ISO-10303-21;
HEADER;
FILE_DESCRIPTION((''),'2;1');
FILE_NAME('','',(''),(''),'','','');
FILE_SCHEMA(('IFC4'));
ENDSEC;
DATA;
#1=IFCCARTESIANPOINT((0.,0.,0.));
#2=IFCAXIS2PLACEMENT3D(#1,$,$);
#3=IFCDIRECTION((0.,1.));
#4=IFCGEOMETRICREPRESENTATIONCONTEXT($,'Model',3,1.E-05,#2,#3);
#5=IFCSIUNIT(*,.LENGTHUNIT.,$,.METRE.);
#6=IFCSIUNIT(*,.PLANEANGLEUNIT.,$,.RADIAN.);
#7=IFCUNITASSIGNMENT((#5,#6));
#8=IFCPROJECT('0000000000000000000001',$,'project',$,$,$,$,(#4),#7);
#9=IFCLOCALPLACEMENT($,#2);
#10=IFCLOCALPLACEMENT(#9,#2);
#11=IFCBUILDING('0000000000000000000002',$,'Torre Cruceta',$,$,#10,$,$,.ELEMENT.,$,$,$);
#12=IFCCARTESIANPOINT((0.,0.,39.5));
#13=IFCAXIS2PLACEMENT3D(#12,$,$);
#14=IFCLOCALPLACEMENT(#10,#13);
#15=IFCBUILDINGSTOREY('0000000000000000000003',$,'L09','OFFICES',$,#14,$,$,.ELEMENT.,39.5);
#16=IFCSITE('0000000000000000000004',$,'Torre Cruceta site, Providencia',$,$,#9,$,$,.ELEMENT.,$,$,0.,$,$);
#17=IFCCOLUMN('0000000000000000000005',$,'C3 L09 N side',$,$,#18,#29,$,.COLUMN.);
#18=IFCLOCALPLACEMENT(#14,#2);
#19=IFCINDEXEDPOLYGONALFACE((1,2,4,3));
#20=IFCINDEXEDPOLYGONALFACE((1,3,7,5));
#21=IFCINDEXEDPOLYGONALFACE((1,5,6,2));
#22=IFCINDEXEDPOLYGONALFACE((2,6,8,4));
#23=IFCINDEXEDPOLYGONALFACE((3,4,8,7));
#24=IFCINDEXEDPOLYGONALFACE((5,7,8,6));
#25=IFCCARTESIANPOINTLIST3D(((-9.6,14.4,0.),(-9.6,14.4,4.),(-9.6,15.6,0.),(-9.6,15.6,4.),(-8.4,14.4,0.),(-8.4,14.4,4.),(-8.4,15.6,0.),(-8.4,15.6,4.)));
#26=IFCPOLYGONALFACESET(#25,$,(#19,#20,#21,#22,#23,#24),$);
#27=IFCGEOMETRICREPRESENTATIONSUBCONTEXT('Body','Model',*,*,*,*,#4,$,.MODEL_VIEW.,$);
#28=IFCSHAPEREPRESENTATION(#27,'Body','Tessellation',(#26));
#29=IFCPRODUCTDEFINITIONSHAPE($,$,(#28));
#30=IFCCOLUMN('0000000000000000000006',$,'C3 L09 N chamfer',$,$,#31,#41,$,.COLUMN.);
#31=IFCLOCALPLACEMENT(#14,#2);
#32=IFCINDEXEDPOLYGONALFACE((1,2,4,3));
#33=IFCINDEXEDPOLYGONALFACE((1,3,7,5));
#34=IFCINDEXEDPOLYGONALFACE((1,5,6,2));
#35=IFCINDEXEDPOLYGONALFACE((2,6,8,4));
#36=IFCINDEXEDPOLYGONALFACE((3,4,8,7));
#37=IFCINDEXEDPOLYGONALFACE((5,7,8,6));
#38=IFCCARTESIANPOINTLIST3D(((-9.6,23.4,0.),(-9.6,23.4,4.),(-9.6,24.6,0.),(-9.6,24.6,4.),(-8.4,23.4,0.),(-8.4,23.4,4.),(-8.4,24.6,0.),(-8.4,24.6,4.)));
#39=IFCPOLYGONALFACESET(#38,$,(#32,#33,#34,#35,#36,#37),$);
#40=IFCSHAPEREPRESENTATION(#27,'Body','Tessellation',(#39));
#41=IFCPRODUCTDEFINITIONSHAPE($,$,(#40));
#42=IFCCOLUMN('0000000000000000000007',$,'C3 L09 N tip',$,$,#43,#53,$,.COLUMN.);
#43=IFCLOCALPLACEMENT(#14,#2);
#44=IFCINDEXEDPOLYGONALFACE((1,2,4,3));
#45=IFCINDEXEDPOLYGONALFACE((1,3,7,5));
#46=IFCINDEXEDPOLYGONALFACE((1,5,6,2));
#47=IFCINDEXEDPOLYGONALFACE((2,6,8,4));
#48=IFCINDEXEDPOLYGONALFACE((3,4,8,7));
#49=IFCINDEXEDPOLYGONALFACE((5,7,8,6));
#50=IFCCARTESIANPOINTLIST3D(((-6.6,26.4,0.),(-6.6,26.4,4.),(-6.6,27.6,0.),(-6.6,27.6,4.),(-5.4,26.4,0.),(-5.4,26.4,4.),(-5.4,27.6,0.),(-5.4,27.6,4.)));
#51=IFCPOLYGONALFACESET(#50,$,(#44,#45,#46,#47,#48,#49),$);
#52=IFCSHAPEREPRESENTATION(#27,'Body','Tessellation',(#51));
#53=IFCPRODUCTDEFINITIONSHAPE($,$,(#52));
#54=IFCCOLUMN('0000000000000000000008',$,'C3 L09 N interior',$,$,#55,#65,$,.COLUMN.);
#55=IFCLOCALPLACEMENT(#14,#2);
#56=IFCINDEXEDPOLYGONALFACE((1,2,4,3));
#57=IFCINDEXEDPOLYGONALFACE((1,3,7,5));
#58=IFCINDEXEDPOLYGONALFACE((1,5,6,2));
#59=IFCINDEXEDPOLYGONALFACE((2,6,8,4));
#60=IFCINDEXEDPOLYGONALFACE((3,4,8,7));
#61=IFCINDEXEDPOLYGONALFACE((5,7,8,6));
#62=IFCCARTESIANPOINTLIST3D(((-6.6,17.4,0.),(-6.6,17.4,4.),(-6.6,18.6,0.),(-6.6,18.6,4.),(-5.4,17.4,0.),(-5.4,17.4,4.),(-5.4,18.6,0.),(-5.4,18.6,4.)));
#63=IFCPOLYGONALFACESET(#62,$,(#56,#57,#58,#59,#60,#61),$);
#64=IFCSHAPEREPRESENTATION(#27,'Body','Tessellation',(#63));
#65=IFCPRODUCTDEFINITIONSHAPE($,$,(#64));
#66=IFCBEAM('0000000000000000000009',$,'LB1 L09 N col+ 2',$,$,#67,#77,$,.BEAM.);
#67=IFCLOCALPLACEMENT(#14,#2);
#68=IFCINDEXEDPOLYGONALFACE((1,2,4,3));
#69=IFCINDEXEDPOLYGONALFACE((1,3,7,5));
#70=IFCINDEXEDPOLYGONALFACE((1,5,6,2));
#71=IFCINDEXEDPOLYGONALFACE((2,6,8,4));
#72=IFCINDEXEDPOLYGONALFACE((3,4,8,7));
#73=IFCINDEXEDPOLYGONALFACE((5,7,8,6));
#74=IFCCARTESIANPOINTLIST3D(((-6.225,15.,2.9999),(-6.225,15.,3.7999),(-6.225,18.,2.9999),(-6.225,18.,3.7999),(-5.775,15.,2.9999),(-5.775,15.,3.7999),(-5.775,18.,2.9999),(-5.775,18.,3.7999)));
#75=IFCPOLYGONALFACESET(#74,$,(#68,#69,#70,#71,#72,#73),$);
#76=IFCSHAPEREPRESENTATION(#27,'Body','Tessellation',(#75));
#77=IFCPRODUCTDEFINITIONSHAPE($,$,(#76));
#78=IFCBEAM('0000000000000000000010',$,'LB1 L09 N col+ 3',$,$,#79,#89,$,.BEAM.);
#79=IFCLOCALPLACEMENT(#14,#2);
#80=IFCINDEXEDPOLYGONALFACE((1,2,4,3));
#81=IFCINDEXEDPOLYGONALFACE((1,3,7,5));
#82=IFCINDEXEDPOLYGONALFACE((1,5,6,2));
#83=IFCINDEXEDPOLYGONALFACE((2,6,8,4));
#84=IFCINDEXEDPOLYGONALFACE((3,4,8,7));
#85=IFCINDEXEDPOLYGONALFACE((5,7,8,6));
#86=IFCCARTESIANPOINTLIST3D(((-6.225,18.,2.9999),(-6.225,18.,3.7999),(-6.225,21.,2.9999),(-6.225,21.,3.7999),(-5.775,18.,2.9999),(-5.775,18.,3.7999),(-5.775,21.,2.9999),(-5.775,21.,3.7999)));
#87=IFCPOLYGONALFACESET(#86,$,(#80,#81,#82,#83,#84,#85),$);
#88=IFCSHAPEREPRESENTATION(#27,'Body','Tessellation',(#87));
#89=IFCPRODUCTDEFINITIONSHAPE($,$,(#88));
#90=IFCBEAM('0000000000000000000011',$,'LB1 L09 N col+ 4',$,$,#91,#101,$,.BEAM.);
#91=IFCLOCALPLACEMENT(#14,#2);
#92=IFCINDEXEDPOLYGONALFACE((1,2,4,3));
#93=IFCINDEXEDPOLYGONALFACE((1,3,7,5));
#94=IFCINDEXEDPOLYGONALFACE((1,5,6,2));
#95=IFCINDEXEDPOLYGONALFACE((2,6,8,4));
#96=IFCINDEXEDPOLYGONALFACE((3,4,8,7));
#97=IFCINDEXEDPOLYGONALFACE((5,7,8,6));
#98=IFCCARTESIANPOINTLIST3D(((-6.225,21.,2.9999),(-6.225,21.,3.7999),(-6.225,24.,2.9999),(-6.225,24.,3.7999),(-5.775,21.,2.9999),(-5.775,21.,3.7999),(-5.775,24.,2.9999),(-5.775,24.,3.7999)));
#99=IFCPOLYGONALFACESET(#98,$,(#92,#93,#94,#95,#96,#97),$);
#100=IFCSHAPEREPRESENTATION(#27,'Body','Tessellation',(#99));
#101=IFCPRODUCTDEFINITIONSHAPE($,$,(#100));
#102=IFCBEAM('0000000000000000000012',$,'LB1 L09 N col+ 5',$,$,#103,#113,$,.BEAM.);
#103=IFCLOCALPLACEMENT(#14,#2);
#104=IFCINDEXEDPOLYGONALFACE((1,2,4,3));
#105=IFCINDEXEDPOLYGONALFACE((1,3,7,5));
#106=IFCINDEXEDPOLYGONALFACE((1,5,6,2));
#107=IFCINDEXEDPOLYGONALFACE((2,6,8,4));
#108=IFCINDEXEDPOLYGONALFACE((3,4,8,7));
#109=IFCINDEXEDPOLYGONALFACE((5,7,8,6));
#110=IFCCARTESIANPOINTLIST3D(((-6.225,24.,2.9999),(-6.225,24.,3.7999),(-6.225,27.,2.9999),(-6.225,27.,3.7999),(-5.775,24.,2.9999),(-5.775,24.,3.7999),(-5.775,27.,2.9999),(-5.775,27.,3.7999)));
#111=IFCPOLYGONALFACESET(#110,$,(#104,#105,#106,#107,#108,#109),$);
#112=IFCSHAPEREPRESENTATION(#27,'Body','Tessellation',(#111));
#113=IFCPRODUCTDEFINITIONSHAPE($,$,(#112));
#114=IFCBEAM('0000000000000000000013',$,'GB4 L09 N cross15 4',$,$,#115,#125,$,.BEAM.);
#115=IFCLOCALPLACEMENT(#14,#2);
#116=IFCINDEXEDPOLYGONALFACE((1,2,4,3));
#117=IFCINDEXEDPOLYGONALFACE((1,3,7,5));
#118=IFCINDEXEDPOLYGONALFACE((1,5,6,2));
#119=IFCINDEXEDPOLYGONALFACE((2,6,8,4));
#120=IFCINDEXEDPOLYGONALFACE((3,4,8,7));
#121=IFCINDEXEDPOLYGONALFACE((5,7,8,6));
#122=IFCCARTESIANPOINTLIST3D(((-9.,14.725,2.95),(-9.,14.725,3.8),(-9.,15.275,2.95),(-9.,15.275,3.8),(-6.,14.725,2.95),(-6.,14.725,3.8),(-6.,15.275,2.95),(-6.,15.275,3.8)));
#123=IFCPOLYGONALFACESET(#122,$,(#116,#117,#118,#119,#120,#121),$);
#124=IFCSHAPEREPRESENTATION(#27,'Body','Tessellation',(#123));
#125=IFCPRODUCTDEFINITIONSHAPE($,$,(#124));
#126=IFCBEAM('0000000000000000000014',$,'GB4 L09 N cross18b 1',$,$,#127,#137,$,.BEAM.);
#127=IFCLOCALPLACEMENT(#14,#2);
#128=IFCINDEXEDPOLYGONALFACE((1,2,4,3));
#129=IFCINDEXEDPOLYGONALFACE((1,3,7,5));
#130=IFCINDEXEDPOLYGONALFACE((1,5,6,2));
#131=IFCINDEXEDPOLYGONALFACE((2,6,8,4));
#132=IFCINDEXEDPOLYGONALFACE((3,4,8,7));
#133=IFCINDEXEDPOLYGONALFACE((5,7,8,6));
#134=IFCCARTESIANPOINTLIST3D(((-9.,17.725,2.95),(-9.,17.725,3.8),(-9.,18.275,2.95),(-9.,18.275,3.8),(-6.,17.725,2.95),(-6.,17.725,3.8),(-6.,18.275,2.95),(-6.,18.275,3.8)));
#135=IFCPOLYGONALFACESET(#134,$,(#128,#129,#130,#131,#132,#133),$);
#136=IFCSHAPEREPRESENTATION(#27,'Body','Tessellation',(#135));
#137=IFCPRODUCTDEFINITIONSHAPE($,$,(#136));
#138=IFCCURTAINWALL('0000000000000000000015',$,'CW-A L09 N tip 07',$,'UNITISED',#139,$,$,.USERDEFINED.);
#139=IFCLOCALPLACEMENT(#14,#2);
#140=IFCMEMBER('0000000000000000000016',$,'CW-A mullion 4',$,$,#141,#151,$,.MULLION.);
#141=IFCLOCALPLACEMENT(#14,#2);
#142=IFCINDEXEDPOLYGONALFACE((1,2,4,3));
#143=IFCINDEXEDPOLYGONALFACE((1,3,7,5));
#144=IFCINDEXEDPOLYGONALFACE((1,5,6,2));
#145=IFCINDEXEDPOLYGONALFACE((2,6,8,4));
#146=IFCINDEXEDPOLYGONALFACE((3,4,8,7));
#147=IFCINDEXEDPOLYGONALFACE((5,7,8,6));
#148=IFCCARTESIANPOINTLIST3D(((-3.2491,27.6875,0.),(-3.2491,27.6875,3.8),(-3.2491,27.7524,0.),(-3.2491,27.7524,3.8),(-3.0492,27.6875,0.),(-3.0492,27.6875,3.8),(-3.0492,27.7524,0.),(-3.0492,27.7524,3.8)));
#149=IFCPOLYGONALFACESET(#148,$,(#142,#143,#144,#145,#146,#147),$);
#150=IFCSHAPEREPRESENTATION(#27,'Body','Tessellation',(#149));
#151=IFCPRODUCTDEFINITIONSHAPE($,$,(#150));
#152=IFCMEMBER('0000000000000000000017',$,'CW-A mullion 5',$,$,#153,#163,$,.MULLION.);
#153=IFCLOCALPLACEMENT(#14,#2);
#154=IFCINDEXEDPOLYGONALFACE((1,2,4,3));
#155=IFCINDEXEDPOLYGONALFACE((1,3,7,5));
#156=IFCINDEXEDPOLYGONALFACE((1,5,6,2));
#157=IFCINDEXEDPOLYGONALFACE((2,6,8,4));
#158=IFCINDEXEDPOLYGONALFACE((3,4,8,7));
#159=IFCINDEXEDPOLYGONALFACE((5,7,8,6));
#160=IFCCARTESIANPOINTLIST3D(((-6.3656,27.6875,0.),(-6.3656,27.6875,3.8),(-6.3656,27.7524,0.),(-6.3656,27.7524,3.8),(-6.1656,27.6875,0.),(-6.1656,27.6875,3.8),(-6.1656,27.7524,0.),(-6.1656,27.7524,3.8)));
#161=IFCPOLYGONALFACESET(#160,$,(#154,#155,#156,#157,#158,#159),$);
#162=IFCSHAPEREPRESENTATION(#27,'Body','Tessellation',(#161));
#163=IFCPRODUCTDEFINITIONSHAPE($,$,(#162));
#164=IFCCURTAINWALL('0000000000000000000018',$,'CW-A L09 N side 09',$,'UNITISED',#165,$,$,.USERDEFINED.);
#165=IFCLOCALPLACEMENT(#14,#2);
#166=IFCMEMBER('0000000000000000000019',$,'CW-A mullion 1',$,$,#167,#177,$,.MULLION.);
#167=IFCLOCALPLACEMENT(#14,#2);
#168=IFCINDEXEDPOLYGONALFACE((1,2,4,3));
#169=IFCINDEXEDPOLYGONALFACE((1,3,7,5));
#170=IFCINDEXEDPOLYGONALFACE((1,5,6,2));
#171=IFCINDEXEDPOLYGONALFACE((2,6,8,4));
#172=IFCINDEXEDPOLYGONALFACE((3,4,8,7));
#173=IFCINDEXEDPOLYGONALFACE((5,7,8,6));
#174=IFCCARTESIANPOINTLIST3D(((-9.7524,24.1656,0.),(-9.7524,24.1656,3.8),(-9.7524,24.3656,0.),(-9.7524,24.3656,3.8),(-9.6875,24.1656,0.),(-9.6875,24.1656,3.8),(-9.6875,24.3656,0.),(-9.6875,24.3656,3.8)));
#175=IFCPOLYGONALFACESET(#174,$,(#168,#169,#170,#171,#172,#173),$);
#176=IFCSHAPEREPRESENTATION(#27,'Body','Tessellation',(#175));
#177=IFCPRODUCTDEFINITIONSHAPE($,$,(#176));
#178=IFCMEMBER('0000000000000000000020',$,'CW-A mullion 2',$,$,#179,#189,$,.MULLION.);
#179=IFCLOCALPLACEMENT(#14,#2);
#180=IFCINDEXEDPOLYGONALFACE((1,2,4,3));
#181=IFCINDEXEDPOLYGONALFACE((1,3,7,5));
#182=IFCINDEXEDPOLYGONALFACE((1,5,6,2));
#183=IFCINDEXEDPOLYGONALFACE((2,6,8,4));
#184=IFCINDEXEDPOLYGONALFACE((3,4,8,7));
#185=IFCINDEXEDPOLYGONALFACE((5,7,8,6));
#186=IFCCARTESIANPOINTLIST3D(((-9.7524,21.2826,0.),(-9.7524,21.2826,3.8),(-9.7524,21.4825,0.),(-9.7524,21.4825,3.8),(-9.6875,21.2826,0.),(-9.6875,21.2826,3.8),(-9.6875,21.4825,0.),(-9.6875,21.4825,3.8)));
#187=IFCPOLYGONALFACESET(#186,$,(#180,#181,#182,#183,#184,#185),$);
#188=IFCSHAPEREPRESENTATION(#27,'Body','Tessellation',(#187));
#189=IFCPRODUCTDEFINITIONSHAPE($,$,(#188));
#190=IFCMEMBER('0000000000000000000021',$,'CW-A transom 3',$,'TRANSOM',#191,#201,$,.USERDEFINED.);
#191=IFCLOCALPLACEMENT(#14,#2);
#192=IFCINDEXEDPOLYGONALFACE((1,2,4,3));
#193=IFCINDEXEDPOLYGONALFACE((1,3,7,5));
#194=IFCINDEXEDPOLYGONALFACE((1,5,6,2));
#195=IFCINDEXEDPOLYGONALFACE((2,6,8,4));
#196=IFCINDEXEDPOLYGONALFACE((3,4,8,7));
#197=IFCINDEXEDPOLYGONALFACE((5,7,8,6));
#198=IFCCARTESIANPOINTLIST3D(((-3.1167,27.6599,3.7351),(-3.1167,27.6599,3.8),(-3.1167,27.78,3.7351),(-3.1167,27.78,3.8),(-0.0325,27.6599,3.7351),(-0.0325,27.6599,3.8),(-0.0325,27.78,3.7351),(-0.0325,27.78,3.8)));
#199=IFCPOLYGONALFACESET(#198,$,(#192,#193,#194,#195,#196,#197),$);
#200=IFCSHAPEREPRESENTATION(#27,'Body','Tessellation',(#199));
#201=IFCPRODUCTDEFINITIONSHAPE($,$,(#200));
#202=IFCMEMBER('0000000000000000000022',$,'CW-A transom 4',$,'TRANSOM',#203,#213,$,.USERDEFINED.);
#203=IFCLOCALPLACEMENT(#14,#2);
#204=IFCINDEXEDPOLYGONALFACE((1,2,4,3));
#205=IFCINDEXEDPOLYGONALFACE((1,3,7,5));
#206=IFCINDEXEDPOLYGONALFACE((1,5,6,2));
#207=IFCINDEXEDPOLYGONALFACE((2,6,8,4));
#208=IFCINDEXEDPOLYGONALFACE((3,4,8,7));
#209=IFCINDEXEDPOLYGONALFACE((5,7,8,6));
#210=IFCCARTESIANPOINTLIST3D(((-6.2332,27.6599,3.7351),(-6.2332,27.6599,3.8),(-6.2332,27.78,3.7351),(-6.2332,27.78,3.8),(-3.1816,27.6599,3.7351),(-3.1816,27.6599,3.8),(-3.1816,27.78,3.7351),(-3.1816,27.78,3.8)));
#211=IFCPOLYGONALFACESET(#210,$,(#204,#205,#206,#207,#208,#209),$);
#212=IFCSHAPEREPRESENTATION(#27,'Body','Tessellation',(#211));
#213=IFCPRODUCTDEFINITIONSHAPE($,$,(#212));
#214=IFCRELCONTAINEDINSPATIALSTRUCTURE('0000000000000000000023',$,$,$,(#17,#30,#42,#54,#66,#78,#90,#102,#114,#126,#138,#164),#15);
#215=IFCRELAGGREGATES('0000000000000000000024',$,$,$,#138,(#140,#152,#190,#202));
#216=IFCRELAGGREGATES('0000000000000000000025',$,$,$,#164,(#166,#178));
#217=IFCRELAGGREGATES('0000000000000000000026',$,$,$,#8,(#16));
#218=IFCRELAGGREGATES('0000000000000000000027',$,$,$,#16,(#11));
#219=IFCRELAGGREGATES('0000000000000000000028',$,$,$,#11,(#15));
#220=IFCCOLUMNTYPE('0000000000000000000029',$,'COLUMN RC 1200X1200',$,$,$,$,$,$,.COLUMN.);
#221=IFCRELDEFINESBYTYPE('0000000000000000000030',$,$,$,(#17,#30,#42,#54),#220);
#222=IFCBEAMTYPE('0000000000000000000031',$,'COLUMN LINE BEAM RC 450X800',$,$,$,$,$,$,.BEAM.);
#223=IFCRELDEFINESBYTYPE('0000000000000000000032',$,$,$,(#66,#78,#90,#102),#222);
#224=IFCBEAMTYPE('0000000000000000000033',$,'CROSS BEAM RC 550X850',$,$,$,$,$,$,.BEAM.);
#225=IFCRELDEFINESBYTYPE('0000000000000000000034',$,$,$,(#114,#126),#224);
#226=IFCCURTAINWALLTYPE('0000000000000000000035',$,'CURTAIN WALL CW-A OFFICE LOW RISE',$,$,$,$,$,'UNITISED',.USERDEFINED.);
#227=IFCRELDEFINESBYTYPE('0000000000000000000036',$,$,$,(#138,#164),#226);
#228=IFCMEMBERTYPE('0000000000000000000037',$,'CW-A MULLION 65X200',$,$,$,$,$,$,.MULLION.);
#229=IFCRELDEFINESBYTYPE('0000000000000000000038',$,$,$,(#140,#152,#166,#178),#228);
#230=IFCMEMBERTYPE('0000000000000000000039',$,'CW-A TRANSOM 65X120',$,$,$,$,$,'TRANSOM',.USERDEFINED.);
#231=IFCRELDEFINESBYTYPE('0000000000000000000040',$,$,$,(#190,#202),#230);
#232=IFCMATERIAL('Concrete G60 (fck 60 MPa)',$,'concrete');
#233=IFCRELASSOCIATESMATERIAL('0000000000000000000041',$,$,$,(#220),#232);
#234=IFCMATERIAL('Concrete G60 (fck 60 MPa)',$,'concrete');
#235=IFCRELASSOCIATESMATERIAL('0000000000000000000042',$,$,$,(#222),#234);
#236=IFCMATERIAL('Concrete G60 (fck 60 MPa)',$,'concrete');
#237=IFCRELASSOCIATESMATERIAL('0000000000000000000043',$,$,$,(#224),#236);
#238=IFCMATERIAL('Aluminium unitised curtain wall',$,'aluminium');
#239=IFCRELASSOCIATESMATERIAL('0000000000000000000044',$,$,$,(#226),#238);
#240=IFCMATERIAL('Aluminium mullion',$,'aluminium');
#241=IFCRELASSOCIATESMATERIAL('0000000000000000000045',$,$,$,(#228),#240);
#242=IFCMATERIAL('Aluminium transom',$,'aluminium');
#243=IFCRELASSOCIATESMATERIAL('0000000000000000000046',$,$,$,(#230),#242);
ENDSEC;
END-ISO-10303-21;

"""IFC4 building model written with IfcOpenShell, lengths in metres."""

from ifc_helpers import new_model, si_unit, direction, frame, origin, origin_2d, place, context, subcontext, project, spatial, rectangle, extrude, material, material_profile, profile_set, type_object, element, aggregate, save


model = new_model("IFC4")

# Units and contexts
model_context = context("Model", 3, precision=1e-05, world=origin(), true_north=direction((0.0, 1.0)))
body_context = subcontext(model_context, "Body", "Model", "MODEL_VIEW")
ifc_project = project(units=[si_unit("LENGTHUNIT", "METRE"), si_unit("PLANEANGLEUNIT", "RADIAN")], contexts=[model_context])

# Site, building, storey
site_placement = place(None, origin())
site = spatial("IfcSite", under=ifc_project, at=site_placement, Name="Torre Cruceta site, Providencia", CompositionType="ELEMENT", RefElevation=0.0)
building_placement = place(site_placement, origin())
building = spatial("IfcBuilding", under=site, at=building_placement, Name="Torre Cruceta", CompositionType="ELEMENT")
storey_placement = place(building_placement, frame((0.0, 0.0, 39.5)))
storey = spatial("IfcBuildingStorey", under=building, at=storey_placement, Name="L09", Description="OFFICES", CompositionType="ELEMENT", Elevation=39.5)

# Columns
ifc_material_1 = material(Name="Concrete G60 (fck 60 MPa)", Category="concrete")
ifc_material_profile_1 = material_profile(ifc_material_1, rectangle(XDim=1.2, YDim=1.2, at=origin_2d()), Name="RC 1200X1200")
ifc_profile_set_1 = profile_set([ifc_material_profile_1], Name="Concrete G60 (fck 60 MPa)")
column_type = type_object("IfcColumnType", Name="COLUMN RC 1200X1200", PredefinedType="COLUMN", material=ifc_profile_set_1)
for number, where, z_axis, x_axis, name in (
    (1, (-9.0, 15.0, 0.0), (0.0, 0.0, 1.0), (1.0, 0.0, 0.0), "C3 L09 N side"),
    (2, (-9.0, 24.0, 0.0), (0.0, 0.0, 1.0), (1.0, 0.0, 0.0), "C3 L09 N chamfer"),
    (3, (-6.0, 27.0, 0.0), (0.0, 0.0, 1.0), (1.0, 0.0, 0.0), "C3 L09 N tip"),
    (4, (-6.0, 18.0, 0.0), (0.0, 0.0, 1.0), (1.0, 0.0, 0.0), "C3 L09 N interior"),
):
    element("IfcColumn", number, at=place(storey_placement, frame(where, z_axis=z_axis, x_axis=x_axis)), inside=storey, type_object=column_type, Name=name, PredefinedType="COLUMN", context=body_context, shape_type="SweptSolid", body=[
        extrude(rectangle(XDim=1.2, YDim=1.2, at=origin_2d()), origin(), (0.0, 0.0, 1.0), 4.0),
    ])

# Beams
ifc_material_2 = material(Name="Concrete G60 (fck 60 MPa)", Category="concrete")
ifc_material_profile_2 = material_profile(ifc_material_2, rectangle(XDim=0.45, YDim=0.8, at=origin_2d()), Name="RC 450X800")
ifc_profile_set_2 = profile_set([ifc_material_profile_2], Name="Concrete G60 (fck 60 MPa)")
beam_type_1 = type_object("IfcBeamType", Name="COLUMN LINE BEAM RC 450X800", PredefinedType="BEAM", material=ifc_profile_set_2)
for number, where, z_axis, x_axis, name in (
    (5, (-6.0, 15.0, 3.3999), (0.0, 1.0, 0.0), (-1.0, 0.0, 0.0), "LB1 L09 N col+ 2"),
    (6, (-6.0, 18.0, 3.3999), (0.0, 1.0, 0.0), (-1.0, 0.0, 0.0), "LB1 L09 N col+ 3"),
    (7, (-6.0, 21.0, 3.3999), (0.0, 1.0, 0.0), (-1.0, 0.0, 0.0), "LB1 L09 N col+ 4"),
    (8, (-6.0, 24.0, 3.3999), (0.0, 1.0, 0.0), (-1.0, 0.0, 0.0), "LB1 L09 N col+ 5"),
):
    element("IfcBeam", number, at=place(storey_placement, frame(where, z_axis=z_axis, x_axis=x_axis)), inside=storey, type_object=beam_type_1, Name=name, PredefinedType="BEAM", context=body_context, shape_type="SweptSolid", body=[
        extrude(rectangle(XDim=0.45, YDim=0.8, at=origin_2d()), origin(), (0.0, 0.0, 1.0), 3.0),
    ])
ifc_material_3 = material(Name="Concrete G60 (fck 60 MPa)", Category="concrete")
ifc_material_profile_3 = material_profile(ifc_material_3, rectangle(XDim=0.55, YDim=0.8501, at=origin_2d()), Name="RC 550X850")
ifc_profile_set_3 = profile_set([ifc_material_profile_3], Name="Concrete G60 (fck 60 MPa)")
beam_type_2 = type_object("IfcBeamType", Name="CROSS BEAM RC 550X850", PredefinedType="BEAM", material=ifc_profile_set_3)
for number, where, z_axis, x_axis, name in (
    (9, (-6.0, 15.0, 3.375), (-1.0, 0.0, 0.0), (0.0, -1.0, 0.0), "GB4 L09 N cross15 4"),
    (10, (-6.0, 18.0, 3.375), (-1.0, 0.0, 0.0), (0.0, -1.0, 0.0), "GB4 L09 N cross18b 1"),
):
    element("IfcBeam", number, at=place(storey_placement, frame(where, z_axis=z_axis, x_axis=x_axis)), inside=storey, type_object=beam_type_2, Name=name, PredefinedType="BEAM", context=body_context, shape_type="SweptSolid", body=[
        extrude(rectangle(XDim=0.55, YDim=0.8501, at=origin_2d()), origin(), (0.0, 0.0, 1.0), 3.0),
    ])

# Curtain walls, members
ifc_material_4 = material(Name="Aluminium unitised curtain wall", Category="aluminium")
curtain_wall_type = type_object("IfcCurtainWallType", Name="CURTAIN WALL CW-A OFFICE LOW RISE", ElementType="UNITISED", PredefinedType="USERDEFINED", material=ifc_material_4)
curtain_wall_1_placement = place(storey_placement, origin())
curtain_wall_1 = element("IfcCurtainWall", 11, at=curtain_wall_1_placement, inside=storey, type_object=curtain_wall_type, Name="CW-A L09 N tip 07", ObjectType="UNITISED", PredefinedType="USERDEFINED")
ifc_material_5 = material(Name="Aluminium mullion", Category="aluminium")
ifc_material_profile_4 = material_profile(ifc_material_5, rectangle(XDim=0.0649, YDim=0.2, at=origin_2d()), Name="AL 65X200")
ifc_profile_set_4 = profile_set([ifc_material_profile_4], Name="Aluminium mullion")
member_type_1 = type_object("IfcMemberType", Name="CW-A MULLION 65X200", PredefinedType="MULLION", material=ifc_profile_set_4)
member_1_placement = place(storey_placement, frame((-3.1492, 27.72, 0.0), z_axis=(0.0, 0.0, 1.0), x_axis=(0.0, -1.0, 0.0)))
member_1 = element("IfcMember", 12, at=member_1_placement, type_object=member_type_1, Name="CW-A mullion 4", PredefinedType="MULLION", context=body_context, shape_type="SweptSolid", body=[
    extrude(rectangle(XDim=0.0649, YDim=0.2, at=origin_2d()), origin(), (0.0, 0.0, 1.0), 3.8),
])
member_2_placement = place(storey_placement, frame((-6.2656, 27.72, 0.0), z_axis=(0.0, 0.0, 1.0), x_axis=(0.0, -1.0, 0.0)))
member_2 = element("IfcMember", 13, at=member_2_placement, type_object=member_type_1, Name="CW-A mullion 5", PredefinedType="MULLION", context=body_context, shape_type="SweptSolid", body=[
    extrude(rectangle(XDim=0.0649, YDim=0.2, at=origin_2d()), origin(), (0.0, 0.0, 1.0), 3.8),
])
curtain_wall_2_placement = place(storey_placement, origin())
curtain_wall_2 = element("IfcCurtainWall", 14, at=curtain_wall_2_placement, inside=storey, type_object=curtain_wall_type, Name="CW-A L09 N side 09", ObjectType="UNITISED", PredefinedType="USERDEFINED")
member_3_placement = place(storey_placement, frame((-9.72, 24.2656, 0.0), z_axis=(0.0, 0.0, 1.0), x_axis=(1.0, 0.0, 0.0)))
member_3 = element("IfcMember", 15, at=member_3_placement, type_object=member_type_1, Name="CW-A mullion 1", PredefinedType="MULLION", context=body_context, shape_type="SweptSolid", body=[
    extrude(rectangle(XDim=0.0649, YDim=0.2, at=origin_2d()), origin(), (0.0, 0.0, 1.0), 3.8),
])
member_4_placement = place(storey_placement, frame((-9.72, 21.3826, 0.0), z_axis=(0.0, 0.0, 1.0), x_axis=(1.0, 0.0, 0.0)))
member_4 = element("IfcMember", 16, at=member_4_placement, type_object=member_type_1, Name="CW-A mullion 2", PredefinedType="MULLION", context=body_context, shape_type="SweptSolid", body=[
    extrude(rectangle(XDim=0.0649, YDim=0.2, at=origin_2d()), origin(), (0.0, 0.0, 1.0), 3.8),
])

# Members
ifc_material_6 = material(Name="Aluminium transom", Category="aluminium")
ifc_material_profile_5 = material_profile(ifc_material_6, rectangle(XDim=0.1201, YDim=0.0649, at=origin_2d()), Name="AL 120X65")
ifc_profile_set_5 = profile_set([ifc_material_profile_5], Name="Aluminium transom")
member_type_2 = type_object("IfcMemberType", Name="CW-A TRANSOM 65X120", ElementType="TRANSOM", PredefinedType="USERDEFINED", material=ifc_profile_set_5)
member_5_placement = place(storey_placement, frame((-0.0325, 27.72, 3.7676), z_axis=(-1.0, 0.0, 0.0), x_axis=(0.0, -1.0, 0.0)))
member_5 = element("IfcMember", 17, at=member_5_placement, type_object=member_type_2, Name="CW-A transom 3", ObjectType="TRANSOM", PredefinedType="USERDEFINED", context=body_context, shape_type="SweptSolid", body=[
    extrude(rectangle(XDim=0.1201, YDim=0.0649, at=origin_2d()), origin(), (0.0, 0.0, 1.0), 3.0842),
])
member_6_placement = place(storey_placement, frame((-3.1816, 27.72, 3.7676), z_axis=(-1.0, 0.0, 0.0), x_axis=(0.0, -1.0, 0.0)))
member_6 = element("IfcMember", 18, at=member_6_placement, type_object=member_type_2, Name="CW-A transom 4", ObjectType="TRANSOM", PredefinedType="USERDEFINED", context=body_context, shape_type="SweptSolid", body=[
    extrude(rectangle(XDim=0.1201, YDim=0.0649, at=origin_2d()), origin(), (0.0, 0.0, 1.0), 3.0515),
])

aggregate(curtain_wall_1, [member_1, member_2, member_5, member_6])
aggregate(curtain_wall_2, [member_3, member_4])

save(model, "model.ifc")
